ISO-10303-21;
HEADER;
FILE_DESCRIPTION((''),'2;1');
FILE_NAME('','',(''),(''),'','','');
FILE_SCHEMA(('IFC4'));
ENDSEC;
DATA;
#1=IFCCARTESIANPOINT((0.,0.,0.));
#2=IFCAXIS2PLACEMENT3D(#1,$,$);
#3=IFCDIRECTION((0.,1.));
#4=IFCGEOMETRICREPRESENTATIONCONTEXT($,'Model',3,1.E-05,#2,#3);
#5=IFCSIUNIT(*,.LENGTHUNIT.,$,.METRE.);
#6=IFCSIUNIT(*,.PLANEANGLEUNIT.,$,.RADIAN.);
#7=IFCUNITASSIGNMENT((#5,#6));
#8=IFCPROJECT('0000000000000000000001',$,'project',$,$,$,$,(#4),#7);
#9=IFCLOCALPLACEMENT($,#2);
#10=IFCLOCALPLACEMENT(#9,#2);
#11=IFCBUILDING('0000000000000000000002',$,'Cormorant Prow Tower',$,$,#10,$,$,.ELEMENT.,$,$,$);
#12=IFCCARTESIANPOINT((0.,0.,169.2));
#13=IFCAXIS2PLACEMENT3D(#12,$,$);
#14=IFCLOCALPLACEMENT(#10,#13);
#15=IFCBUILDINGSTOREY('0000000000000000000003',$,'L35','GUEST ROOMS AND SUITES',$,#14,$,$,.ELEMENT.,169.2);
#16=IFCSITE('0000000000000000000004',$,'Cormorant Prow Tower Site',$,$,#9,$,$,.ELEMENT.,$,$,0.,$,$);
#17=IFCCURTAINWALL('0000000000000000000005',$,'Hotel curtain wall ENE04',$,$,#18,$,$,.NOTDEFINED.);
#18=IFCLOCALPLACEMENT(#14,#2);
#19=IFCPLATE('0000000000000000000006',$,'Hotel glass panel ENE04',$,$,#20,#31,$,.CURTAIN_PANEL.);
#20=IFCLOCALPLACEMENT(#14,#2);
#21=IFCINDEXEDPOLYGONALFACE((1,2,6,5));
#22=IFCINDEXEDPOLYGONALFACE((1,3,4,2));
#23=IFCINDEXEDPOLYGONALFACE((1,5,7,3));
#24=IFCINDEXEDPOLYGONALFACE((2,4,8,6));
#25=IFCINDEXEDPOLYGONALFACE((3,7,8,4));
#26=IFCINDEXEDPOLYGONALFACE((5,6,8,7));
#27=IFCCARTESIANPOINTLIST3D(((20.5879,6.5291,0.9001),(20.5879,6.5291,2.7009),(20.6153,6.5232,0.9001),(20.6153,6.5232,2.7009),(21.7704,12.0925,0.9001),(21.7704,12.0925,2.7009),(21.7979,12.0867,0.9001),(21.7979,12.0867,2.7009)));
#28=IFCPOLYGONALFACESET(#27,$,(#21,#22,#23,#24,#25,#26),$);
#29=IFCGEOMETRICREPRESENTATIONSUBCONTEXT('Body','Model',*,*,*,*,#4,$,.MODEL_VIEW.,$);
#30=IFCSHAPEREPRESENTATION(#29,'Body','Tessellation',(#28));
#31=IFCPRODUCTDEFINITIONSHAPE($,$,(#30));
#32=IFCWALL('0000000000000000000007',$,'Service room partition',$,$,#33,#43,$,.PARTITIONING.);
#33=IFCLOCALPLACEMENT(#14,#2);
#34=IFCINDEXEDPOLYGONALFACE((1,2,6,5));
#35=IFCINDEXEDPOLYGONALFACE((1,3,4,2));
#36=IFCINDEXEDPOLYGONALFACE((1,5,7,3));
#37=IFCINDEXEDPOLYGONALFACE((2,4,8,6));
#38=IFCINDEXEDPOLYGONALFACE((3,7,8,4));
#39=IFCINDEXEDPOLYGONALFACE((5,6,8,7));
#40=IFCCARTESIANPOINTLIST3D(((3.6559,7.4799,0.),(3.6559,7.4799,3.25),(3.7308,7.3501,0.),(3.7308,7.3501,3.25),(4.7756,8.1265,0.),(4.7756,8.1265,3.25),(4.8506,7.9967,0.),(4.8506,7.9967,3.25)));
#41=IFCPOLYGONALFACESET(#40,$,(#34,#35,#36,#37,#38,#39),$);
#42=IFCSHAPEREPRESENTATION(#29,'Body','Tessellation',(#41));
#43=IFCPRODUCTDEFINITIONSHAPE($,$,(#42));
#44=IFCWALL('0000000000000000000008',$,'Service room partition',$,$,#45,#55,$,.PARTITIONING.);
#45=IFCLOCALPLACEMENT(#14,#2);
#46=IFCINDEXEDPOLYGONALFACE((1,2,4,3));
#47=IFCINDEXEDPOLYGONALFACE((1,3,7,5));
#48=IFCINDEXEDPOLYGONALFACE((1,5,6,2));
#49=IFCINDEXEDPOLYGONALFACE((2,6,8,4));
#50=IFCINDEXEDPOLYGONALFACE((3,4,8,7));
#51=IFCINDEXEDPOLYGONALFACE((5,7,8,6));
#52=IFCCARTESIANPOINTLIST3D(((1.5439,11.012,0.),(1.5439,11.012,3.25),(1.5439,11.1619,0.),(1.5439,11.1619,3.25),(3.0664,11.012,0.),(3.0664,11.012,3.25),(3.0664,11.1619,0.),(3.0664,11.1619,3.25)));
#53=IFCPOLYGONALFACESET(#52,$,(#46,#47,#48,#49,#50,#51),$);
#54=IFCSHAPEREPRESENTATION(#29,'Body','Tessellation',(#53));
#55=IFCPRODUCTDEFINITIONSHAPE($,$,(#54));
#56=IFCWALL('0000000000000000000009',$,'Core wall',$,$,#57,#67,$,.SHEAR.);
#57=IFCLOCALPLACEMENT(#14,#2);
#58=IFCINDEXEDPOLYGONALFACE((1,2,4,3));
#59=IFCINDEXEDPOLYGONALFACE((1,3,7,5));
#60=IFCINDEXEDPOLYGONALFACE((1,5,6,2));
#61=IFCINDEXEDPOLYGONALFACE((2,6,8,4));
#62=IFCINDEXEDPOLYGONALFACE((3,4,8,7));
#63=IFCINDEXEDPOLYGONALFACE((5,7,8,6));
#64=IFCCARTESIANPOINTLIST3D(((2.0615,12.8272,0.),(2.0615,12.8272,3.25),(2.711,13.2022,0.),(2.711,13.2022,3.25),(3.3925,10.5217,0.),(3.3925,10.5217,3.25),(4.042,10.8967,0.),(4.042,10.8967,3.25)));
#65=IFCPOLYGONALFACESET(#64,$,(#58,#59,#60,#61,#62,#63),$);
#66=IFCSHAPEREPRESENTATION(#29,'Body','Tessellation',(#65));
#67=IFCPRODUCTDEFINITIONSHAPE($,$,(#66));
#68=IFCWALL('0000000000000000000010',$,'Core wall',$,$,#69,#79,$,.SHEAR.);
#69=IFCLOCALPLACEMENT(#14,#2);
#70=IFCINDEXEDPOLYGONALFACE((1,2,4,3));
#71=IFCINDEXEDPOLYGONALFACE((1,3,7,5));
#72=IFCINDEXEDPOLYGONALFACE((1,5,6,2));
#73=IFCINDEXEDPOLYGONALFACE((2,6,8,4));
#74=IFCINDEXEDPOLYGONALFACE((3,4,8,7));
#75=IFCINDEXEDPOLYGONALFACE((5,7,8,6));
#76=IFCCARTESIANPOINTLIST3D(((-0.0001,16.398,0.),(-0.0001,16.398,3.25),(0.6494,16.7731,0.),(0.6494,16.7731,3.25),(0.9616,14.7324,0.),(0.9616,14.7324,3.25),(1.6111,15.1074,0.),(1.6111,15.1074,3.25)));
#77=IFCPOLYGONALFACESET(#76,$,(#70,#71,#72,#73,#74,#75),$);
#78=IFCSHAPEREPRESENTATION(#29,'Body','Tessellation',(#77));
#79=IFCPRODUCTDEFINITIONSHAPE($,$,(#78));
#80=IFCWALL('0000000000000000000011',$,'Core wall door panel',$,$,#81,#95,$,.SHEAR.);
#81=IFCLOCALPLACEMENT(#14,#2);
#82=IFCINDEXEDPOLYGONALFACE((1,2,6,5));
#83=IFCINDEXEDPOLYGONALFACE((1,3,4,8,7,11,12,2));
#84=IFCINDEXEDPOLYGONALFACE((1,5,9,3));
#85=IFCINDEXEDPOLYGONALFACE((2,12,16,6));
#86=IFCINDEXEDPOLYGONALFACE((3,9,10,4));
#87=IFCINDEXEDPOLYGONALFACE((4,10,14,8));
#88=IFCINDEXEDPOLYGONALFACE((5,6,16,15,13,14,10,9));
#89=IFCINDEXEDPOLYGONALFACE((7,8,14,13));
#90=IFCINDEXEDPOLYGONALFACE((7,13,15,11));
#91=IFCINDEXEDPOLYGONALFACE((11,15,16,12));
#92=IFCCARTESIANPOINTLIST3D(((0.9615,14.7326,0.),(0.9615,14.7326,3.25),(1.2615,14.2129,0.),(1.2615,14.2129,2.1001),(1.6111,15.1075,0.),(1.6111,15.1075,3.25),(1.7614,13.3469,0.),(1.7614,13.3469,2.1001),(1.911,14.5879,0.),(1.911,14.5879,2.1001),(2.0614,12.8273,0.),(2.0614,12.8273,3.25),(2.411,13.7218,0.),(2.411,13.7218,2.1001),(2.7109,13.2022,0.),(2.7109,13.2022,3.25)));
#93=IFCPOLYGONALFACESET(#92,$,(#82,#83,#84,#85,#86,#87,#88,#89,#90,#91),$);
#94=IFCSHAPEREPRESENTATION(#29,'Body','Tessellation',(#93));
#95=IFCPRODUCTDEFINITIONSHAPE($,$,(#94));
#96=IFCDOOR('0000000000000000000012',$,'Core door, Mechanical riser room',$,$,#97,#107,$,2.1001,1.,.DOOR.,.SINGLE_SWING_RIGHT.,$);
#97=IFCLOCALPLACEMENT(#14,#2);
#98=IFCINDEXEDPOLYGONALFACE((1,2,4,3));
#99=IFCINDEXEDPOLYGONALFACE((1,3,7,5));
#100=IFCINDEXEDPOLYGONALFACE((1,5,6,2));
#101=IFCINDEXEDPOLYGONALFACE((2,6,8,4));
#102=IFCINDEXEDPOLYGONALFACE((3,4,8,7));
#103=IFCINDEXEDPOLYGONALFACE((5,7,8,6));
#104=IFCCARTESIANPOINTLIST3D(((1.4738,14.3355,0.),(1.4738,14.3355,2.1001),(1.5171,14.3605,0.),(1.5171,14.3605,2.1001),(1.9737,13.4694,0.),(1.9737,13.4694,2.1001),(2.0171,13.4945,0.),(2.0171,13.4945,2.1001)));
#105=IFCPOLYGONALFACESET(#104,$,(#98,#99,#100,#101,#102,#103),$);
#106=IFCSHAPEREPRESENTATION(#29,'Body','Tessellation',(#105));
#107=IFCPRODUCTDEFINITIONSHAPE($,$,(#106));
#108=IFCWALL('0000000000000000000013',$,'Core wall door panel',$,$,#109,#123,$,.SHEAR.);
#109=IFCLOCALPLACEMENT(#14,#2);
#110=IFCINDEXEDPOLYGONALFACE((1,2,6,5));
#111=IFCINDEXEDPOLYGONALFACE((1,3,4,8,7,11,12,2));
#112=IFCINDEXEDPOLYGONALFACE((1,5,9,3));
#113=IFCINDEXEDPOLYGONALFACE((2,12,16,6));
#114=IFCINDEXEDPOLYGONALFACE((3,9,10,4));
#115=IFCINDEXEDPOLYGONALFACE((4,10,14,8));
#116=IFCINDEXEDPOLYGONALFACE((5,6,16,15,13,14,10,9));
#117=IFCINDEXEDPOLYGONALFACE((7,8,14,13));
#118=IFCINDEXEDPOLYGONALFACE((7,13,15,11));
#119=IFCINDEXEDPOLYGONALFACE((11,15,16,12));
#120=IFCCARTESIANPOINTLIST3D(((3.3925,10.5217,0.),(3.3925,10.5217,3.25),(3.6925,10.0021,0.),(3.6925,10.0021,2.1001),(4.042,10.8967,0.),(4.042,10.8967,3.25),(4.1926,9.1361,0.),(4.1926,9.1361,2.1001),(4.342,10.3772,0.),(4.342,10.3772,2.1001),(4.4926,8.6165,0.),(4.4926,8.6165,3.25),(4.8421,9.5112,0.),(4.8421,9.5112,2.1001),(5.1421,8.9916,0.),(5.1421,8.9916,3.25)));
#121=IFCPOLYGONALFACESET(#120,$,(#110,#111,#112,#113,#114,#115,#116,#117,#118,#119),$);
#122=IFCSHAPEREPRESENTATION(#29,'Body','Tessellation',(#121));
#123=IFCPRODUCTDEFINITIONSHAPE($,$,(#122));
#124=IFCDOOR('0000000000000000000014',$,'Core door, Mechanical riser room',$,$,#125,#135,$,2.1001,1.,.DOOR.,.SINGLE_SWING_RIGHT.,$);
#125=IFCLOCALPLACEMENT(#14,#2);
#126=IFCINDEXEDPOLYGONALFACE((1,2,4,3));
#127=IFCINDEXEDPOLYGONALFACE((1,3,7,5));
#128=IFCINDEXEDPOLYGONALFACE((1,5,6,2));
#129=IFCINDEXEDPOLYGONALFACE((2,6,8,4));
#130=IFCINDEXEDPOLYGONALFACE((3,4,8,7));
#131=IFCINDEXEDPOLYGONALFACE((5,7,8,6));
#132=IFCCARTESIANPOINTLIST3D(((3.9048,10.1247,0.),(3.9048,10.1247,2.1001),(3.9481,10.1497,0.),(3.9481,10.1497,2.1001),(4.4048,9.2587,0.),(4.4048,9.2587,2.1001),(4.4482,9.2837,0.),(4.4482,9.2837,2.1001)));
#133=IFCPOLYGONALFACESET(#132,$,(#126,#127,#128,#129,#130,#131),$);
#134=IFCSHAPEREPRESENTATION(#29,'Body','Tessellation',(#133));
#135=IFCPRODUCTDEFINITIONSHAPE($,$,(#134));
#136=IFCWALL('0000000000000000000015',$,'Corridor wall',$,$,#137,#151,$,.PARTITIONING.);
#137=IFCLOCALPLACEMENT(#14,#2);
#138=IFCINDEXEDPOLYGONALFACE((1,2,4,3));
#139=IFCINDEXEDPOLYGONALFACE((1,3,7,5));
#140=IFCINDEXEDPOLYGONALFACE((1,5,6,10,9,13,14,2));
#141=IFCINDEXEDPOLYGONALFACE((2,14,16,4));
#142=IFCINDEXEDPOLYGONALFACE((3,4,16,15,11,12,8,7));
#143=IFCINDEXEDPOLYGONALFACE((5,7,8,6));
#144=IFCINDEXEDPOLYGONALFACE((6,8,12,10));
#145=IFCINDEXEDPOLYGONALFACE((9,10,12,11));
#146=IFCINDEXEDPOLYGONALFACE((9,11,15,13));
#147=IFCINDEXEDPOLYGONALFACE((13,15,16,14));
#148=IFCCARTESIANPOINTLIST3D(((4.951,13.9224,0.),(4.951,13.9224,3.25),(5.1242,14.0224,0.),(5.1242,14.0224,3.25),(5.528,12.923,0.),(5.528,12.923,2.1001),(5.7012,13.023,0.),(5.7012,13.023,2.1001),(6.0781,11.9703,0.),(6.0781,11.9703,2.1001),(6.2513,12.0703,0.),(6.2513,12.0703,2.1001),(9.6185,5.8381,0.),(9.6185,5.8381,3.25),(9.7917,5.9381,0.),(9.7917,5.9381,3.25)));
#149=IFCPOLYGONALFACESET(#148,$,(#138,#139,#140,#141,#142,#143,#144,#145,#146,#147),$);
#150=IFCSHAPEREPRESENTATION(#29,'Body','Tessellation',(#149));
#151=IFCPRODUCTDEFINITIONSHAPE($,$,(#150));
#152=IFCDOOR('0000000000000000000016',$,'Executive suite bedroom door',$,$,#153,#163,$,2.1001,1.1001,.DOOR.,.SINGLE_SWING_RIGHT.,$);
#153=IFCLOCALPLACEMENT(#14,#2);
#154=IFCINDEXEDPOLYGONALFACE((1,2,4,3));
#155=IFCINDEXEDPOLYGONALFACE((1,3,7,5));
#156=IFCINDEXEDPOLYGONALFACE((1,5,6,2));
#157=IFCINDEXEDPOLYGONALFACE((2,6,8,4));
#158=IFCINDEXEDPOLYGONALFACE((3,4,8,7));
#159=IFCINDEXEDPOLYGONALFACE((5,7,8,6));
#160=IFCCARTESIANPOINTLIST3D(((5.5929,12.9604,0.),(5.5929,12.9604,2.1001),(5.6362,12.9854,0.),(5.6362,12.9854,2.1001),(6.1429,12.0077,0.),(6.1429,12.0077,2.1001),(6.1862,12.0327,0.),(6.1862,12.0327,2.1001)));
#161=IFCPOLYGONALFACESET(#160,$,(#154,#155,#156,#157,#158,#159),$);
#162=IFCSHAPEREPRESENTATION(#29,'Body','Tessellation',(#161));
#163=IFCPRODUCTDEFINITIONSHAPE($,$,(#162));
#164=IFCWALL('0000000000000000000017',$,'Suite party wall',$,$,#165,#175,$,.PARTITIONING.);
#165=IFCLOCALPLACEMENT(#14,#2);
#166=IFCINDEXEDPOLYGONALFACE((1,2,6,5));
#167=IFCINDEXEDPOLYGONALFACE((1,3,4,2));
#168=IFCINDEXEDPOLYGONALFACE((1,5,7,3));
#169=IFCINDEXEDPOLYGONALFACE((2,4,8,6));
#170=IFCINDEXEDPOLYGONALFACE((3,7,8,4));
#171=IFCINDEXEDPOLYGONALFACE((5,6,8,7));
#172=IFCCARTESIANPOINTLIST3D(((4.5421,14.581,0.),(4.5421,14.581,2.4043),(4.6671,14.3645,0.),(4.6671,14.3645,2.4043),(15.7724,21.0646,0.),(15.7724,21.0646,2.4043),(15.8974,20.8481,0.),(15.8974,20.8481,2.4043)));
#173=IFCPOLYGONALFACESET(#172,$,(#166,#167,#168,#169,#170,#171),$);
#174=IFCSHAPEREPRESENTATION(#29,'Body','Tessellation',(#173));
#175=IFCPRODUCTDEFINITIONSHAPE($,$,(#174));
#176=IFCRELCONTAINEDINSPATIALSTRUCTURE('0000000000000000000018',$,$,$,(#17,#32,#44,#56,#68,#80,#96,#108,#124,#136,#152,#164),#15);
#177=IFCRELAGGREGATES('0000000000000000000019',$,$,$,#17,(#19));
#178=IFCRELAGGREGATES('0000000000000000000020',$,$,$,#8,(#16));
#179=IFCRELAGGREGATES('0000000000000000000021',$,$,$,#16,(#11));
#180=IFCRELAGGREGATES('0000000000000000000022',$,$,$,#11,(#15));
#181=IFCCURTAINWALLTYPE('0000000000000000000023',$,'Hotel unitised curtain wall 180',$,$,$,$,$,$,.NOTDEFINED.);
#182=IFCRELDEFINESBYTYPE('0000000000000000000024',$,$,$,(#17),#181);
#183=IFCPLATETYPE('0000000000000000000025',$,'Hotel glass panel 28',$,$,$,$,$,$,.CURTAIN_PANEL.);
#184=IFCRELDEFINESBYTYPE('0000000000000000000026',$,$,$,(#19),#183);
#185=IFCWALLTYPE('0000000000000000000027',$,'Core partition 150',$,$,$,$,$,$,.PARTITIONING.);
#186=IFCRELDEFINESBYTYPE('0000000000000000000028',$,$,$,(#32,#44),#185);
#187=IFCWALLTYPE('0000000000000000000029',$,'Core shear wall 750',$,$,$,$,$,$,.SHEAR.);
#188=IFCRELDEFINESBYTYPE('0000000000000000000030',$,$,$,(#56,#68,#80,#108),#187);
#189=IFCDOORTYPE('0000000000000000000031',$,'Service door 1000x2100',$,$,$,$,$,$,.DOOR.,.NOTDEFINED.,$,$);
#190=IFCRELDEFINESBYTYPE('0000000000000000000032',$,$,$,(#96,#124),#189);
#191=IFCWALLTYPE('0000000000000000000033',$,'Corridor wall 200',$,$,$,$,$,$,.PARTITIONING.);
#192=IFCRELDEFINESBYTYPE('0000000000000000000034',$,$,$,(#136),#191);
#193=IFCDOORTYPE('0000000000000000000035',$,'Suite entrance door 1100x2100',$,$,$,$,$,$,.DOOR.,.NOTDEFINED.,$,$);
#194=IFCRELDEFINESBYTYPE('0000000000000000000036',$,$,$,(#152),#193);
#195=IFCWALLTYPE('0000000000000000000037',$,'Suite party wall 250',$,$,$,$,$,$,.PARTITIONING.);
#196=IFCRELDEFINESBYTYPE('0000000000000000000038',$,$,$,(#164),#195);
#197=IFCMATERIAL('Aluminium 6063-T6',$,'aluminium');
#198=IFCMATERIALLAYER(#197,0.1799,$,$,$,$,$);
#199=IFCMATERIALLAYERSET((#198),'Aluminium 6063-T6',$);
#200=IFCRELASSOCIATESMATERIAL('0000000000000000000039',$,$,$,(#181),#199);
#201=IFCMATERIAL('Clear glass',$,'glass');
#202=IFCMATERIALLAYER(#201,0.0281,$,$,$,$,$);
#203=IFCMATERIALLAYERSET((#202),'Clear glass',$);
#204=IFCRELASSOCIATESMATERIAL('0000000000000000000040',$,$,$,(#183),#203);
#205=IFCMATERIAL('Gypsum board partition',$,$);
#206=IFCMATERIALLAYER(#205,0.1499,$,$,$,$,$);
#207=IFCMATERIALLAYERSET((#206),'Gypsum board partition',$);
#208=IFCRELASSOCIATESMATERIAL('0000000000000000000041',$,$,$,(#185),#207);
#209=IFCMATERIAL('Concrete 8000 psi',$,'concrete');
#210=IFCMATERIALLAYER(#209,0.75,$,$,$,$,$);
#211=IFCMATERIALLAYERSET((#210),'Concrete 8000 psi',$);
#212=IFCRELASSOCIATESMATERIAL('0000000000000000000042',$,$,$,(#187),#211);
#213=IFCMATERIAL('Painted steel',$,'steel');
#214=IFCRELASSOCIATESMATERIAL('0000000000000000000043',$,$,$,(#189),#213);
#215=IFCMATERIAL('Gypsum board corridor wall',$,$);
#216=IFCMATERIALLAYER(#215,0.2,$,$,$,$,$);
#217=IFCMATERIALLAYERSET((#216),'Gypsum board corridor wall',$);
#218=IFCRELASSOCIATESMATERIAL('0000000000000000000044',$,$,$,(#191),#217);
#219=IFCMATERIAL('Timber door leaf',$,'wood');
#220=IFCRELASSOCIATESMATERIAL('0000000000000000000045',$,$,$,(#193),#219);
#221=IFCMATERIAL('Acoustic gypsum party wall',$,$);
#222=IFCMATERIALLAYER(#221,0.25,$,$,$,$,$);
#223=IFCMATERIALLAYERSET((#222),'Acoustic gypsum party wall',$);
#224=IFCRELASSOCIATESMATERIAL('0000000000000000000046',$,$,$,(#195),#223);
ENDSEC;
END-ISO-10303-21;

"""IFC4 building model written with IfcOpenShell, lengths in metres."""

from ifc_helpers import new_model, si_unit, direction, frame, frame_2d, origin, origin_2d, place, context, subcontext, project, spatial, rectangle, extrude, material, layer, layer_set, type_object, element, fill, aggregate, save


model = new_model("IFC4")

# Units and contexts
model_context = context("Model", 3, precision=1e-05, world=origin(), true_north=direction((0.0, 1.0)))
body_context = subcontext(model_context, "Body", "Model", "MODEL_VIEW")
ifc_project = project(units=[si_unit("LENGTHUNIT", "METRE"), si_unit("PLANEANGLEUNIT", "RADIAN")], contexts=[model_context])

# Site, building, storey
site_placement = place(None, origin())
site = spatial("IfcSite", under=ifc_project, at=site_placement, Name="Cormorant Prow Tower Site", CompositionType="ELEMENT", RefElevation=0.0)
building_placement = place(site_placement, origin())
building = spatial("IfcBuilding", under=site, at=building_placement, Name="Cormorant Prow Tower", CompositionType="ELEMENT")
storey_placement = place(building_placement, frame((0.0, 0.0, 169.2)))
storey = spatial("IfcBuildingStorey", under=building, at=storey_placement, Name="L35", Description="GUEST ROOMS AND SUITES", CompositionType="ELEMENT", Elevation=169.2)

# Curtain wall
ifc_material_1 = material(Name="Aluminium 6063-T6", Category="aluminium")
ifc_layer_1 = layer(ifc_material_1, 0.1799)
ifc_layer_set_1 = layer_set([ifc_layer_1], Name="Aluminium 6063-T6")
curtain_wall_type = type_object("IfcCurtainWallType", Name="Hotel unitised curtain wall 180", PredefinedType="NOTDEFINED", material=ifc_layer_set_1)
curtain_wall_1_placement = place(storey_placement, origin())
curtain_wall_1 = element("IfcCurtainWall", 1, at=curtain_wall_1_placement, inside=storey, type_object=curtain_wall_type, Name="Hotel curtain wall ENE04", PredefinedType="NOTDEFINED")

# Plate
ifc_material_2 = material(Name="Clear glass", Category="glass")
ifc_layer_2 = layer(ifc_material_2, 0.0281)
ifc_layer_set_2 = layer_set([ifc_layer_2], Name="Clear glass")
plate_type = type_object("IfcPlateType", Name="Hotel glass panel 28", PredefinedType="CURTAIN_PANEL", material=ifc_layer_set_2)
plate_placement = place(storey_placement, frame((21.1929, 9.3079, 0.9001), z_axis=(0.0, 0.0, 1.0), x_axis=(0.207912, 0.978148, 0.0)))
plate = element("IfcPlate", 2, at=plate_placement, type_object=plate_type, Name="Hotel glass panel ENE04", PredefinedType="CURTAIN_PANEL", context=body_context, shape_type="SweptSolid", body=[
    extrude(rectangle(XDim=5.6877, YDim=0.0281, at=origin_2d()), origin(), (0.0, 0.0, 1.0), 1.8008),
])
aggregate(curtain_wall_1, [plate])

# Walls
ifc_material_3 = material(Name="Gypsum board partition")
ifc_layer_3 = layer(ifc_material_3, 0.1499)
ifc_layer_set_3 = layer_set([ifc_layer_3], Name="Gypsum board partition")
wall_type_1 = type_object("IfcWallType", Name="Core partition 150", PredefinedType="PARTITIONING", material=ifc_layer_set_3)
wall_1_placement = place(storey_placement, frame((3.6934, 7.415, 0.0), z_axis=(0.0, 0.0, 1.0), x_axis=(0.866003, 0.500038, 0.0)))
element("IfcWall", 3, at=wall_1_placement, inside=storey, type_object=wall_type_1, Name="Service room partition", PredefinedType="PARTITIONING", context=body_context, shape_type="SweptSolid", body=[
    extrude(rectangle(XDim=1.293, YDim=0.1499, at=frame_2d((0.6465, 0.0))), origin(), (0.0, 0.0, 1.0), 3.25),
])
wall_2_placement = place(storey_placement, frame((1.5439, 11.0869, 0.0), z_axis=(0.0, 0.0, 1.0), x_axis=(1.0, 0.0, 0.0)))
element("IfcWall", 4, at=wall_2_placement, inside=storey, type_object=wall_type_1, Name="Service room partition", PredefinedType="PARTITIONING", context=body_context, shape_type="SweptSolid", body=[
    extrude(rectangle(XDim=1.5225, YDim=0.1499, at=frame_2d((0.7612, 0.0))), origin(), (0.0, 0.0, 1.0), 3.25),
])
ifc_material_4 = material(Name="Concrete 8000 psi", Category="concrete")
ifc_layer_4 = layer(ifc_material_4, 0.75)
ifc_layer_set_4 = layer_set([ifc_layer_4], Name="Concrete 8000 psi")
wall_type_2 = type_object("IfcWallType", Name="Core shear wall 750", PredefinedType="SHEAR", material=ifc_layer_set_4)
wall_3_placement = place(storey_placement, frame((3.7173, 10.7092, 0.0), z_axis=(0.0, 0.0, 1.0), x_axis=(-0.500006, 0.866022, 0.0)))
element("IfcWall", 5, at=wall_3_placement, inside=storey, type_object=wall_type_2, Name="Core wall", PredefinedType="SHEAR", context=body_context, shape_type="SweptSolid", body=[
    extrude(rectangle(XDim=2.6621, YDim=0.75, at=frame_2d((1.3311, 0.0))), origin(), (0.0, 0.0, 1.0), 3.25),
])
wall_4_placement = place(storey_placement, frame((1.2864, 14.9199, 0.0), z_axis=(0.0, 0.0, 1.0), x_axis=(-0.50003, 0.866008, 0.0)))
element("IfcWall", 6, at=wall_4_placement, inside=storey, type_object=wall_type_2, Name="Core wall", PredefinedType="SHEAR", context=body_context, shape_type="SweptSolid", body=[
    extrude(rectangle(XDim=1.9233, YDim=0.75, at=frame_2d((0.9617, 0.0))), origin(), (0.0, 0.0, 1.0), 3.25),
])

# Walls, openings, doors
wall_5_placement = place(storey_placement, frame((2.3862, 13.0146, 0.0), z_axis=(0.0, 0.0, 1.0), x_axis=(-0.499947, 0.866056, 0.0)))
wall_5 = element("IfcWall", 7, at=wall_5_placement, inside=storey, type_object=wall_type_2, Name="Core wall door panel", PredefinedType="SHEAR", context=body_context, shape_type="SweptSolid", body=[
    extrude(rectangle(XDim=2.2, YDim=0.75, at=frame_2d((1.1001, 0.0))), origin(), (0.0, 0.0, 1.0), 3.25),
])
opening_1_placement = place(wall_5_placement, frame((0.6001, 0.0, 0.0)))
opening_1 = element("IfcOpeningElement", 8, at=opening_1_placement, cuts=wall_5, PredefinedType="OPENING", context=body_context, shape_type="SweptSolid", body=[
    extrude(rectangle(XDim=1.0, YDim=2.1001, at=frame_2d((0.5, 1.05))), frame((0.0, 0.385, 0.0), z_axis=(0.0, -1.0, 0.0), x_axis=(1.0, 0.0, 0.0)), (0.0, 0.0, 1.0), 0.77),
])
ifc_material_5 = material(Name="Painted steel", Category="steel")
door_type_1 = type_object("IfcDoorType", Name="Service door 1000x2100", OperationType="NOTDEFINED", PredefinedType="DOOR", material=ifc_material_5)
door_1_placement = place(opening_1_placement, origin())
door_1 = element("IfcDoor", 9, at=door_1_placement, inside=storey, type_object=door_type_1, Name="Core door, Mechanical riser room", OperationType="SINGLE_SWING_RIGHT", OverallHeight=2.1001, OverallWidth=1.0, PredefinedType="DOOR", context=body_context, shape_type="SweptSolid", body=[
    extrude(rectangle(XDim=1.0, YDim=2.1001, at=frame_2d((0.5, 1.05))), frame((0.0, 0.1299, 0.0), z_axis=(0.0, -1.0, 0.0), x_axis=(1.0, 0.0, 0.0)), (0.0, 0.0, 1.0), 0.05),
])
fill(opening_1, door_1)
wall_6_placement = place(storey_placement, frame((4.8174, 8.804, 0.0), z_axis=(0.0, 0.0, 1.0), x_axis=(-0.50003, 0.866008, 0.0)))
wall_6 = element("IfcWall", 10, at=wall_6_placement, inside=storey, type_object=wall_type_2, Name="Core wall door panel", PredefinedType="SHEAR", context=body_context, shape_type="SweptSolid", body=[
    extrude(rectangle(XDim=2.2, YDim=0.75, at=frame_2d((1.1001, 0.0))), origin(), (0.0, 0.0, 1.0), 3.25),
])
opening_2_placement = place(wall_6_placement, frame((0.6001, 0.0, 0.0)))
opening_2 = element("IfcOpeningElement", 11, at=opening_2_placement, cuts=wall_6, PredefinedType="OPENING", context=body_context, shape_type="SweptSolid", body=[
    extrude(rectangle(XDim=1.0, YDim=2.1001, at=frame_2d((0.5, 1.05))), frame((0.0, 0.385, 0.0), z_axis=(0.0, -1.0, 0.0), x_axis=(1.0, 0.0, 0.0)), (0.0, 0.0, 1.0), 0.77),
])
door_2_placement = place(opening_2_placement, origin())
door_2 = element("IfcDoor", 12, at=door_2_placement, inside=storey, type_object=door_type_1, Name="Core door, Mechanical riser room", OperationType="SINGLE_SWING_RIGHT", OverallHeight=2.1001, OverallWidth=1.0, PredefinedType="DOOR", context=body_context, shape_type="SweptSolid", body=[
    extrude(rectangle(XDim=1.0, YDim=2.1001, at=frame_2d((0.5, 1.05))), frame((0.0, 0.1299, 0.0), z_axis=(0.0, -1.0, 0.0), x_axis=(1.0, 0.0, 0.0)), (0.0, 0.0, 1.0), 0.05),
])
fill(opening_2, door_2)
ifc_material_6 = material(Name="Gypsum board corridor wall")
ifc_layer_5 = layer(ifc_material_6, 0.2)
ifc_layer_set_5 = layer_set([ifc_layer_5], Name="Gypsum board corridor wall")
wall_type_3 = type_object("IfcWallType", Name="Corridor wall 200", PredefinedType="PARTITIONING", material=ifc_layer_set_5)
wall_7_placement = place(storey_placement, frame((5.0376, 13.9724, 0.0), z_axis=(0.0, 0.0, 1.0), x_axis=(0.500004, -0.866023, 0.0)))
wall_7 = element("IfcWall", 13, at=wall_7_placement, inside=storey, type_object=wall_type_3, Name="Corridor wall", PredefinedType="PARTITIONING", context=body_context, shape_type="SweptSolid", body=[
    extrude(rectangle(XDim=9.335, YDim=0.2, at=frame_2d((4.6675, 0.0))), origin(), (0.0, 0.0, 1.0), 3.25),
])
opening_3_placement = place(wall_7_placement, frame((1.1541, 0.0, 0.0)))
opening_3 = element("IfcOpeningElement", 14, at=opening_3_placement, cuts=wall_7, PredefinedType="OPENING", context=body_context, shape_type="SweptSolid", body=[
    extrude(rectangle(XDim=1.1001, YDim=2.1001, at=frame_2d((0.55, 1.05))), frame((0.0, 0.1099, 0.0), z_axis=(0.0, -1.0, 0.0), x_axis=(1.0, 0.0, 0.0)), (0.0, 0.0, 1.0), 0.22),
])
ifc_material_7 = material(Name="Timber door leaf", Category="wood")
door_type_2 = type_object("IfcDoorType", Name="Suite entrance door 1100x2100", OperationType="NOTDEFINED", PredefinedType="DOOR", material=ifc_material_7)
door_3_placement = place(opening_3_placement, origin())
door_3 = element("IfcDoor", 15, at=door_3_placement, inside=storey, type_object=door_type_2, Name="Executive suite bedroom door", OperationType="SINGLE_SWING_RIGHT", OverallHeight=2.1001, OverallWidth=1.1001, PredefinedType="DOOR", context=body_context, shape_type="SweptSolid", body=[
    extrude(rectangle(XDim=1.1001, YDim=2.1001, at=frame_2d((0.55, 1.05))), frame((0.0, 0.0249, 0.0), z_axis=(0.0, -1.0, 0.0), x_axis=(1.0, 0.0, 0.0)), (0.0, 0.0, 1.0), 0.05),
])
fill(opening_3, door_3)

# Wall
ifc_material_8 = material(Name="Acoustic gypsum party wall")
ifc_layer_6 = layer(ifc_material_8, 0.25)
ifc_layer_set_6 = layer_set([ifc_layer_6], Name="Acoustic gypsum party wall")
wall_type_4 = type_object("IfcWallType", Name="Suite party wall 250", PredefinedType="PARTITIONING", material=ifc_layer_set_6)
wall_8_placement = place(storey_placement, frame((4.6045, 14.4727, 0.0), z_axis=(0.0, 0.0, 1.0), x_axis=(0.86603, 0.499992, 0.0)))
element("IfcWall", 16, at=wall_8_placement, inside=storey, type_object=wall_type_4, Name="Suite party wall", PredefinedType="PARTITIONING", context=body_context, shape_type="SweptSolid", body=[
    extrude(rectangle(XDim=12.9675, YDim=0.25, at=frame_2d((6.4839, 0.0))), origin(), (0.0, 0.0, 1.0), 2.4043),
])

save(model, "model.ifc")
